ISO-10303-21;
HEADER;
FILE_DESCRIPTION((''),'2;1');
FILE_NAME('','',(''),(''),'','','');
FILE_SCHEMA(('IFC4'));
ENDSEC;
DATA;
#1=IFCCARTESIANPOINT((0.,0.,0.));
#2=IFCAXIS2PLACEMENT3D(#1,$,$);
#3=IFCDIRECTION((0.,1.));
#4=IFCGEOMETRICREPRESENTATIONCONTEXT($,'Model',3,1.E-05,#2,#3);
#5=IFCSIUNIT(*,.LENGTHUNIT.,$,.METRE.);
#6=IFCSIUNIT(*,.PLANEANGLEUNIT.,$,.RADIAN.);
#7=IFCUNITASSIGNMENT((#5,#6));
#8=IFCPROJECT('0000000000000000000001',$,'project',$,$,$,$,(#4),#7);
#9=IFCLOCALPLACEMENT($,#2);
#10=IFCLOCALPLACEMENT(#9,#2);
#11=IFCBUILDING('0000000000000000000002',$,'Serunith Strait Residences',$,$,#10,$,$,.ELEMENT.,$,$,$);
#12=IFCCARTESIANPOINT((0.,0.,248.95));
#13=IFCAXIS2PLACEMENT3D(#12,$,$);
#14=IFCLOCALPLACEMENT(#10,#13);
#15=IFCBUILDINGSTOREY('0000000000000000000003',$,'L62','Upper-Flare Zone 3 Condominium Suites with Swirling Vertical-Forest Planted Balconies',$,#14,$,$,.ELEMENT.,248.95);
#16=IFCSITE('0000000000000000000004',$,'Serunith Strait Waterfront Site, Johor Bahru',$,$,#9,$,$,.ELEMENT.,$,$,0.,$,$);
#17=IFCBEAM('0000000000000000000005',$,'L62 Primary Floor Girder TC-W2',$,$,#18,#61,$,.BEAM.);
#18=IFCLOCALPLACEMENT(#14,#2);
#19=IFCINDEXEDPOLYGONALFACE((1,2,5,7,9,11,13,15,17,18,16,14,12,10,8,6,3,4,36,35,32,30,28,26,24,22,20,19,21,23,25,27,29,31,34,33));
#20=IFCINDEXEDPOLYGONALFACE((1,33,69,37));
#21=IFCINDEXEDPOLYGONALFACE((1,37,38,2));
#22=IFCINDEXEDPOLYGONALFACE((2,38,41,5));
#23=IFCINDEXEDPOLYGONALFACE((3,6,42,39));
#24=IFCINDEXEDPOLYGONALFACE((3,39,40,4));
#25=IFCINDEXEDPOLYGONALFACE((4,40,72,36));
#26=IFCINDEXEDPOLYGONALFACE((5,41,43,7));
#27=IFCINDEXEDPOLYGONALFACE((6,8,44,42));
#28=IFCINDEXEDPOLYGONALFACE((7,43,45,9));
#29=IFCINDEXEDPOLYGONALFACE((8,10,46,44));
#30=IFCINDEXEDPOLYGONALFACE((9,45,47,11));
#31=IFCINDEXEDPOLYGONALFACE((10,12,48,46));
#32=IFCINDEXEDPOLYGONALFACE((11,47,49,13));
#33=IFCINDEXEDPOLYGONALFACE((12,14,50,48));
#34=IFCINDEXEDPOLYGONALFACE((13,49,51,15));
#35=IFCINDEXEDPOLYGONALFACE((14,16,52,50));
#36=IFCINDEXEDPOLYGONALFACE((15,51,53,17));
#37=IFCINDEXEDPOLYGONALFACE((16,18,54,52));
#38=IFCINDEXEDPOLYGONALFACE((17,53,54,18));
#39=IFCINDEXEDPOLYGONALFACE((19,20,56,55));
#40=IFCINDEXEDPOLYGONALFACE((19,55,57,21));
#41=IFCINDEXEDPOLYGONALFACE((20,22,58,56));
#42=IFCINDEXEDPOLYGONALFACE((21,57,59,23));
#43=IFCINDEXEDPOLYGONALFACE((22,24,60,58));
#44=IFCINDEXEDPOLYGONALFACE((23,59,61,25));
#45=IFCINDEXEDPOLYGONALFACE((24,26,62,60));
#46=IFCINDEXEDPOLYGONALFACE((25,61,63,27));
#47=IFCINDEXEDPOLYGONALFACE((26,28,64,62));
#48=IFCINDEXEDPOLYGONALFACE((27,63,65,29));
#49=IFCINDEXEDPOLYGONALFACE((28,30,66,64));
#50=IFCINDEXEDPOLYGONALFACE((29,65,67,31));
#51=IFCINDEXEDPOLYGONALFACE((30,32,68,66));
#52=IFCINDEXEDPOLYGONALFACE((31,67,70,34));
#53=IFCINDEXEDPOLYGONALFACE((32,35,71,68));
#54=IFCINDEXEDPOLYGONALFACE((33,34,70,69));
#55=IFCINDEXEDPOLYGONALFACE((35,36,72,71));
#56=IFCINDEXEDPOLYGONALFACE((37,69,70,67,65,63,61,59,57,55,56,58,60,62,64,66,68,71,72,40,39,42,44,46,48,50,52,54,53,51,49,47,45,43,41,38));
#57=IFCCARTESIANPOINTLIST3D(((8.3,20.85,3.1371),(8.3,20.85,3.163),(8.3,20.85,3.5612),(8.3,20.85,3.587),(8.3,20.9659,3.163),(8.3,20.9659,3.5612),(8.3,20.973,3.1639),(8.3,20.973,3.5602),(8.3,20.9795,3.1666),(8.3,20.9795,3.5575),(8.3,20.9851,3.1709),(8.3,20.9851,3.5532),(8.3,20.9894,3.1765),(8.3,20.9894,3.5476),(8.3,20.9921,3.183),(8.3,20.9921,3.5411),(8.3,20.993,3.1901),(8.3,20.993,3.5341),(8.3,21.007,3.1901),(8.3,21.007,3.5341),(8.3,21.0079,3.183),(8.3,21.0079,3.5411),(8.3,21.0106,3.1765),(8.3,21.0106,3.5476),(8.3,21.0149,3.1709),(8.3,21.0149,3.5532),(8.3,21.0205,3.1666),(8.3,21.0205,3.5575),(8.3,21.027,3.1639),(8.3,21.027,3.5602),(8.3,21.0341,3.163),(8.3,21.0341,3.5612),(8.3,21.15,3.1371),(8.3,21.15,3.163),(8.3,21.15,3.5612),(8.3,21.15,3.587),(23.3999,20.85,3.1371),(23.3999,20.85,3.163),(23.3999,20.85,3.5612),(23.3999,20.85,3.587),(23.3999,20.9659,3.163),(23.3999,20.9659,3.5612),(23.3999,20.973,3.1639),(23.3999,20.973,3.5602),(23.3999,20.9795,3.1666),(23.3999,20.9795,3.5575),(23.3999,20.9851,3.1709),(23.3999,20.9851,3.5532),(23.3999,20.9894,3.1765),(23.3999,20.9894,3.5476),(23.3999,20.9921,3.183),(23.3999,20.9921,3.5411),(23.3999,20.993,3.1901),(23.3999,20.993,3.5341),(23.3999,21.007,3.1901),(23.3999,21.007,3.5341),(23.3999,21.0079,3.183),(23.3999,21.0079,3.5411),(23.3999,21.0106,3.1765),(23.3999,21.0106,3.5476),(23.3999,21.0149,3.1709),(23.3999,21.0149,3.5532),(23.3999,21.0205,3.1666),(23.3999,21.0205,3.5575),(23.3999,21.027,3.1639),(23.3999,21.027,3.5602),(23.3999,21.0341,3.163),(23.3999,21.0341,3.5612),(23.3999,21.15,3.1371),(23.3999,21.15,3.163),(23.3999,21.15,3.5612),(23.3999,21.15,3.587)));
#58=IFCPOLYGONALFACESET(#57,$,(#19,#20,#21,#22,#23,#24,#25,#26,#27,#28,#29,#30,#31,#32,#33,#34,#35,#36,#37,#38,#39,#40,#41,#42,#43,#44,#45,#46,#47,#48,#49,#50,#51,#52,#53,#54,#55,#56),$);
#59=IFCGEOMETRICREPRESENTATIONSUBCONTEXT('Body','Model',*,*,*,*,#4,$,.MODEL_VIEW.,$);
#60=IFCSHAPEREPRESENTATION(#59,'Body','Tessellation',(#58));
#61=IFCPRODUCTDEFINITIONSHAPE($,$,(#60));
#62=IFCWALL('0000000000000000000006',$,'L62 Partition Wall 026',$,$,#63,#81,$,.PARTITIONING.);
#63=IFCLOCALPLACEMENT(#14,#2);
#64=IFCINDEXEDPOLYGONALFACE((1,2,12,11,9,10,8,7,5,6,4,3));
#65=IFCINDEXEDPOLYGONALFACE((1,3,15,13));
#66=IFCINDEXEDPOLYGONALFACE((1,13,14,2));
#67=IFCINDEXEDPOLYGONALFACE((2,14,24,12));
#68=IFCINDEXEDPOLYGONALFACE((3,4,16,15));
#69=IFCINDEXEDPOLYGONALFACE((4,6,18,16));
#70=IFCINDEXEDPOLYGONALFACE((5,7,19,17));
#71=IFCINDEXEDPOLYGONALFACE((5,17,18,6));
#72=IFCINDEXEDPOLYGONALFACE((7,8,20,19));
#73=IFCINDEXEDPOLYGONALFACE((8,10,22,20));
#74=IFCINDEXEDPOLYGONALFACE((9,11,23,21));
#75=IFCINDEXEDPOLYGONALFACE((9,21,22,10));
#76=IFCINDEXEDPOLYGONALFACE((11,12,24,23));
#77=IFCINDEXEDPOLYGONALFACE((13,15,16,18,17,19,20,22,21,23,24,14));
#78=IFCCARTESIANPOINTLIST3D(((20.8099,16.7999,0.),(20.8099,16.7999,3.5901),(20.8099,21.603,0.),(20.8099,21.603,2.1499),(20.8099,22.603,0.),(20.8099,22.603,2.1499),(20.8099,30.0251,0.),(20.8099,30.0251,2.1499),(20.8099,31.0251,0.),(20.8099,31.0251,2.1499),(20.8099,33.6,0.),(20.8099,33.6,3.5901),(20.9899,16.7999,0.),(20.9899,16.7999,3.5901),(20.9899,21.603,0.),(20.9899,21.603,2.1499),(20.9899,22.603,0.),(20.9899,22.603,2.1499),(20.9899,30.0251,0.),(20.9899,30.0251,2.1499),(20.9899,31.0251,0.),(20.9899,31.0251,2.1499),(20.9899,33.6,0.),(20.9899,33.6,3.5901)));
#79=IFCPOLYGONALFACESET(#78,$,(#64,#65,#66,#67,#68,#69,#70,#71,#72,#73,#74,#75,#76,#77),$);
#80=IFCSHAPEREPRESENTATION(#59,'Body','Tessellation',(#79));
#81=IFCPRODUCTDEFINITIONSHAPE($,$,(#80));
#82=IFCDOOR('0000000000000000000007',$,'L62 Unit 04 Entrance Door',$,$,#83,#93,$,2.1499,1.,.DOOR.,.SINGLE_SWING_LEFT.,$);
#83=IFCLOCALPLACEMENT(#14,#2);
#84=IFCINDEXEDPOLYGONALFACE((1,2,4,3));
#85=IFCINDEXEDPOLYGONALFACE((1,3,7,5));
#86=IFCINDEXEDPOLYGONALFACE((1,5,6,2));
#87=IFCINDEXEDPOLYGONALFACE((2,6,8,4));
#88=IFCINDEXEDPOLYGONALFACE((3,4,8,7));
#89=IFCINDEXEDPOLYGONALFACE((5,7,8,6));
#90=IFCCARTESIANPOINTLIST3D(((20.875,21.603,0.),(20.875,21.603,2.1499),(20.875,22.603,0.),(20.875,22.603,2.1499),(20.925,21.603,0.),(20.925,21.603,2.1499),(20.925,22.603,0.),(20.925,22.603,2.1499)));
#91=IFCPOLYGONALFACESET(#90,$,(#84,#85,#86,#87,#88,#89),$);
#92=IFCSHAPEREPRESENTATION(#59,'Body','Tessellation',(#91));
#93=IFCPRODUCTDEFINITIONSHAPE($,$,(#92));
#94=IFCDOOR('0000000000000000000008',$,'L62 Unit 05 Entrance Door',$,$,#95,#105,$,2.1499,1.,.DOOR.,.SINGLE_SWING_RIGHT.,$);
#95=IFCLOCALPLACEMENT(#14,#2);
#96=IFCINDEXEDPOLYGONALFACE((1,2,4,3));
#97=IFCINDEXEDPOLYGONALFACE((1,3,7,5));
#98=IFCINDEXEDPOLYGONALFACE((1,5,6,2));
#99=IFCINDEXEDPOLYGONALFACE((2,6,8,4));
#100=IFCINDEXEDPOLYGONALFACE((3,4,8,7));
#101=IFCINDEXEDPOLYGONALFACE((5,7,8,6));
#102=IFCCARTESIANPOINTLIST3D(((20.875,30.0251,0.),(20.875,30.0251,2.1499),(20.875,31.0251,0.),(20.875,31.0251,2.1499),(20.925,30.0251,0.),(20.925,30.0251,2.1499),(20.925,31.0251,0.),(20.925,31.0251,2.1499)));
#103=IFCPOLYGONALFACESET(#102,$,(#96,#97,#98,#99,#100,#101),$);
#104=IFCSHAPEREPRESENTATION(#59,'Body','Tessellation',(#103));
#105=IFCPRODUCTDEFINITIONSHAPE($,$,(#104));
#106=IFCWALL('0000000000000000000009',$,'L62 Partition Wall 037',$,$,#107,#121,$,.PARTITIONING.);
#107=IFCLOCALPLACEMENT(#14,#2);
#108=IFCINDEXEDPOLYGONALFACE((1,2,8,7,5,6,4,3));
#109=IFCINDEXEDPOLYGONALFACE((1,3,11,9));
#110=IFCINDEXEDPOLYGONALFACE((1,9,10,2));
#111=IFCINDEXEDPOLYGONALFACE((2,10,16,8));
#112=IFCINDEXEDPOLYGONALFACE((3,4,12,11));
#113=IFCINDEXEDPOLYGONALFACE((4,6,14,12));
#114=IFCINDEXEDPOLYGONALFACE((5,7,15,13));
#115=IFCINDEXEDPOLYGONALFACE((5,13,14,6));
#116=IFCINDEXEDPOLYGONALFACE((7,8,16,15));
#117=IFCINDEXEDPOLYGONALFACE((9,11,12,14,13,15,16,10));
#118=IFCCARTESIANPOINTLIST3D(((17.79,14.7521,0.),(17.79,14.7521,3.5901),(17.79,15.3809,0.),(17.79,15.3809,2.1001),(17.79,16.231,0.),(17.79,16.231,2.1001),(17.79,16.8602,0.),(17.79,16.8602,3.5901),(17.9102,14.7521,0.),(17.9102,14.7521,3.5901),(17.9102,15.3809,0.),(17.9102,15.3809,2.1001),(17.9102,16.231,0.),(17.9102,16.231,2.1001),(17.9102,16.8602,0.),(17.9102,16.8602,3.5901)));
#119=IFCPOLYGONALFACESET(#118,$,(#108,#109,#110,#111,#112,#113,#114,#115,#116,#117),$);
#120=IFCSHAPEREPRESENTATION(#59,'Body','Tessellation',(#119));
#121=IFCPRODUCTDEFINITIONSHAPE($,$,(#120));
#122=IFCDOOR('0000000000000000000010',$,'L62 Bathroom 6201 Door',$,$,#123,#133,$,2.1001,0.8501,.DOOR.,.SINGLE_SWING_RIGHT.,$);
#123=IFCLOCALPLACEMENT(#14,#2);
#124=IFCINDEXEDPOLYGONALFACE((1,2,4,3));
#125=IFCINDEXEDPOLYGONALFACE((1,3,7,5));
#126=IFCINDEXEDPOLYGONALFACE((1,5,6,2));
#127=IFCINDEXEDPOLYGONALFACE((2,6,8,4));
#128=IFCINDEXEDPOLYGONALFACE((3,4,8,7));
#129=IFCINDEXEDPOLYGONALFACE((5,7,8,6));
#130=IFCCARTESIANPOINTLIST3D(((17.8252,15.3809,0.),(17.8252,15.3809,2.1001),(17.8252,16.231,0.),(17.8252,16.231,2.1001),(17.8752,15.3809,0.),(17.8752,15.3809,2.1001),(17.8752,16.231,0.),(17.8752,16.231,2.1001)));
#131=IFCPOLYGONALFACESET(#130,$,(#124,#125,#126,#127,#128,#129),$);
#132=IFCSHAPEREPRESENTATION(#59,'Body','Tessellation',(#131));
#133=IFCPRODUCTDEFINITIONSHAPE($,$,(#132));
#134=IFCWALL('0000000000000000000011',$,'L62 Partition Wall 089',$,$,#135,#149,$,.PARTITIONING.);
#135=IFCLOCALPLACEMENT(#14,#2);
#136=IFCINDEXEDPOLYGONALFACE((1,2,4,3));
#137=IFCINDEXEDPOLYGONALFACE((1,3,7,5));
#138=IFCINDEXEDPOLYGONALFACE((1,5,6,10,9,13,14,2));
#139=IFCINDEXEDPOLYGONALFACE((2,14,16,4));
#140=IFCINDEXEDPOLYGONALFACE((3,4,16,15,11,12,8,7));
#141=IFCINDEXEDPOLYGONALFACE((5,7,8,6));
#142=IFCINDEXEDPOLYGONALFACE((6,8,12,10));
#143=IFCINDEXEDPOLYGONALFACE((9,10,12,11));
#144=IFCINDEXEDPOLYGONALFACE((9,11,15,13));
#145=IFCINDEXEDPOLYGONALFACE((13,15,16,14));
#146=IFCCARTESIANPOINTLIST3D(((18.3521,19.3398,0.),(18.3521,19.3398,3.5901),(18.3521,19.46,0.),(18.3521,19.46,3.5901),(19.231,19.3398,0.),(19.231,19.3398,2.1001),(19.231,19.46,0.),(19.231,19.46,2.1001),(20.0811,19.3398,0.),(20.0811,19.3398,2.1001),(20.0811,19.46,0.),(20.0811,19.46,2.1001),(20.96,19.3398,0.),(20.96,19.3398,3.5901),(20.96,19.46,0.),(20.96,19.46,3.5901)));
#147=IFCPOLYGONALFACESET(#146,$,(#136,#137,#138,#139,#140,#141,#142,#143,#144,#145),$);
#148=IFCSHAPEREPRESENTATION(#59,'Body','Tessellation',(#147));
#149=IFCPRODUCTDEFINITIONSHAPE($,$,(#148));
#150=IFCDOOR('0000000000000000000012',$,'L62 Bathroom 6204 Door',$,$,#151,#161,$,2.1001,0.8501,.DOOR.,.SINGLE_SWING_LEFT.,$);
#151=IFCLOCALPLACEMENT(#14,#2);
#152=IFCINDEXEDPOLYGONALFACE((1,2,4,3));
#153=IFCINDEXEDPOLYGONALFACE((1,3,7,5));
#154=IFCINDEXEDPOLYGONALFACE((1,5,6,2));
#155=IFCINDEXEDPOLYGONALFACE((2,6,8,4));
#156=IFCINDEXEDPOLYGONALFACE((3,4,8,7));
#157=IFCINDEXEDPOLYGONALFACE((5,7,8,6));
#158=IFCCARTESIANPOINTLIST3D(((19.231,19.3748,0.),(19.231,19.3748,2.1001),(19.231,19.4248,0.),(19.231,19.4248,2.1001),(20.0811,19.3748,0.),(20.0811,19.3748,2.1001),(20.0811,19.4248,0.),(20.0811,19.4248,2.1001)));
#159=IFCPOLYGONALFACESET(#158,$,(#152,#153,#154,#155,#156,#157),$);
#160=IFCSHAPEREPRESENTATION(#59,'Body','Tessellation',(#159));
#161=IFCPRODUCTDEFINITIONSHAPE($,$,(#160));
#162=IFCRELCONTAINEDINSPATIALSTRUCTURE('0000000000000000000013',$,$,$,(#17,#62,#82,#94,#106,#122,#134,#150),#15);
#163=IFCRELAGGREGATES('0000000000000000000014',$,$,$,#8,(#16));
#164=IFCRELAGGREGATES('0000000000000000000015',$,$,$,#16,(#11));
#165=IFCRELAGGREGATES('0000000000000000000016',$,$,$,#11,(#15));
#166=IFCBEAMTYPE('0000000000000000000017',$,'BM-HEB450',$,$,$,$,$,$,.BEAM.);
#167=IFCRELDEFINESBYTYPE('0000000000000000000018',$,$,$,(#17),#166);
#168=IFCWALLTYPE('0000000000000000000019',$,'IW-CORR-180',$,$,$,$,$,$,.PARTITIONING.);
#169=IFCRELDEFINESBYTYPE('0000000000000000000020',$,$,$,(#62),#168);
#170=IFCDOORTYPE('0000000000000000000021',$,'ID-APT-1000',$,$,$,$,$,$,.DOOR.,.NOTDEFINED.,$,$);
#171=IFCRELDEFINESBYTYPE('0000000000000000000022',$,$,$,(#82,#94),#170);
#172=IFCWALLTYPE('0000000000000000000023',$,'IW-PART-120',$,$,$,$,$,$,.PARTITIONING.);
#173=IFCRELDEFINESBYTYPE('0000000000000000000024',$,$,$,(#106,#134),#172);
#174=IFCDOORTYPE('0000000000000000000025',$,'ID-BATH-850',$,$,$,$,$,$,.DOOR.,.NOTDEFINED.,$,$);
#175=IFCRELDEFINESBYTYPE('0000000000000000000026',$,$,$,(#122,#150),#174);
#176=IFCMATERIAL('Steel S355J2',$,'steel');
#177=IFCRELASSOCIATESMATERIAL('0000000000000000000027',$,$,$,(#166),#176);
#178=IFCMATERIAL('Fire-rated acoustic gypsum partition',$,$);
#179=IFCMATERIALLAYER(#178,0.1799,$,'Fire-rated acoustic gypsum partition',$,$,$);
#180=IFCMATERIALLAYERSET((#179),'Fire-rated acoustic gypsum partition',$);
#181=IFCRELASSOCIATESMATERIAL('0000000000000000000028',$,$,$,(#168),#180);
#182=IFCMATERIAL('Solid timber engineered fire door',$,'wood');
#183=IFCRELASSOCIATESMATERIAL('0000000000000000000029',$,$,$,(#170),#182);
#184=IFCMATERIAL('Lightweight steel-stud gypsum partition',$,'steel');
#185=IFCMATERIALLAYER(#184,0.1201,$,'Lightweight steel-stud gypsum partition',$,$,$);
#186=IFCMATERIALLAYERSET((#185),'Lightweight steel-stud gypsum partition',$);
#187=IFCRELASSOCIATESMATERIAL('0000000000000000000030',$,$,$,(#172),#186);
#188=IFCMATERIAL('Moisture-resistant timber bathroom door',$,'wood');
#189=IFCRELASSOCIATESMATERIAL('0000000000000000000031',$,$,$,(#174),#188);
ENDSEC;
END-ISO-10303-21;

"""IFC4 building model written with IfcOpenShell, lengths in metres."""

from ifc_helpers import new_model, si_unit, direction, frame, frame_2d, origin, origin_2d, place, context, subcontext, project, spatial, rectangle, i_section, extrude, source, transform, mapped, material, layer, layer_set, material_profile, profile_set, type_object, element, fill, save


model = new_model("IFC4")

# Units and contexts
model_context = context("Model", 3, precision=1e-05, world=origin(), true_north=direction((0.0, 1.0)))
body_context = subcontext(model_context, "Body", "Model", "MODEL_VIEW")
ifc_project = project(units=[si_unit("LENGTHUNIT", "METRE"), si_unit("PLANEANGLEUNIT", "RADIAN")], contexts=[model_context])

# Site, building, storey
site_placement = place(None, origin())
site = spatial("IfcSite", under=ifc_project, at=site_placement, Name="Serunith Strait Waterfront Site, Johor Bahru", CompositionType="ELEMENT", RefElevation=0.0)
building_placement = place(site_placement, origin())
building = spatial("IfcBuilding", under=site, at=building_placement, Name="Serunith Strait Residences", CompositionType="ELEMENT")
storey_placement = place(building_placement, frame((0.0, 0.0, 248.95)))
storey = spatial("IfcBuildingStorey", under=building, at=storey_placement, Name="L62", Description="Upper-Flare Zone 3 Condominium Suites with Swirling Vertical-Forest Planted Balconies", CompositionType="ELEMENT", Elevation=248.95)

# Beam
ifc_material_1 = material(Name="Steel S355J2", Category="steel")
ifc_material_profile = material_profile(ifc_material_1, i_section(OverallWidth=0.3, OverallDepth=0.45, WebThickness=0.0139, FlangeThickness=0.0259, FilletRadius=0.0271, at=origin_2d()), Name="HEB 450")
ifc_profile_set = profile_set([ifc_material_profile], Name="Steel S355J2")
beam_type = type_object("IfcBeamType", Name="BM-HEB450", PredefinedType="BEAM", material=ifc_profile_set)
shared_shape_1 = source(origin(), body_context, "Body", "SweptSolid", [
    extrude(i_section(OverallWidth=0.3, OverallDepth=0.45, WebThickness=0.0139, FlangeThickness=0.0259, FilletRadius=0.0271, at=origin_2d()), origin(), (0.0, 0.0, 1.0), 15.0999),
])
beam_placement = place(storey_placement, frame((23.3999, 21.0, 3.3621), z_axis=(-1.0, 0.0, 0.0), x_axis=(0.0, -1.0, 0.0)))
element("IfcBeam", 1, at=beam_placement, inside=storey, type_object=beam_type, Name="L62 Primary Floor Girder TC-W2", PredefinedType="BEAM", context=body_context, shape_type="MappedRepresentation", body=[
    mapped(shared_shape_1, transform((0.0, 0.0, 0.0), scale=1.0)),
])

# Shared definitions
ifc_material_2 = material(Name="Fire-rated acoustic gypsum partition")
ifc_layer_1 = layer(ifc_material_2, 0.1799, Name="Fire-rated acoustic gypsum partition")
ifc_layer_set_1 = layer_set([ifc_layer_1], Name="Fire-rated acoustic gypsum partition")
wall_type_1 = type_object("IfcWallType", Name="IW-CORR-180", PredefinedType="PARTITIONING", material=ifc_layer_set_1)
ifc_material_3 = material(Name="Solid timber engineered fire door", Category="wood")
door_type_1 = type_object("IfcDoorType", Name="ID-APT-1000", OperationType="NOTDEFINED", PredefinedType="DOOR", material=ifc_material_3)
shared_shape_2 = source(origin(), body_context, "Body", "SweptSolid", [
    extrude(rectangle(XDim=1.0, YDim=2.1499, at=frame_2d((0.5, 1.075))), frame((0.0, 0.0249, 0.0), z_axis=(0.0, -1.0, 0.0), x_axis=(1.0, 0.0, 0.0)), (0.0, 0.0, 1.0), 0.05),
])

# Wall, openings, doors
wall_1_placement = place(storey_placement, frame((20.8999, 16.8, 0.0), z_axis=(0.0, 0.0, 1.0), x_axis=(0.0, 1.0, 0.0)))
wall_1 = element("IfcWall", 2, at=wall_1_placement, inside=storey, type_object=wall_type_1, Name="L62 Partition Wall 026", PredefinedType="PARTITIONING", context=body_context, shape_type="SweptSolid", body=[
    extrude(rectangle(XDim=16.8, YDim=0.1799, at=frame_2d((8.3999, 0.0))), origin(), (0.0, 0.0, 1.0), 3.5901),
])
opening_1_placement = place(wall_1_placement, frame((4.803, 0.0, 0.0)))
opening_1 = element("IfcOpeningElement", 3, at=opening_1_placement, cuts=wall_1, PredefinedType="OPENING", context=body_context, shape_type="SweptSolid", body=[
    extrude(rectangle(XDim=1.0, YDim=2.1499, at=frame_2d((0.5, 1.075))), frame((0.0, 0.1001, 0.0), z_axis=(0.0, -1.0, 0.0), x_axis=(1.0, 0.0, 0.0)), (0.0, 0.0, 1.0), 0.2),
])
opening_2_placement = place(wall_1_placement, frame((13.2251, 0.0, 0.0)))
opening_2 = element("IfcOpeningElement", 4, at=opening_2_placement, cuts=wall_1, PredefinedType="OPENING", context=body_context, shape_type="SweptSolid", body=[
    extrude(rectangle(XDim=1.0, YDim=2.1499, at=frame_2d((0.5, 1.075))), frame((0.0, 0.1001, 0.0), z_axis=(0.0, -1.0, 0.0), x_axis=(1.0, 0.0, 0.0)), (0.0, 0.0, 1.0), 0.2),
])
door_1_placement = place(opening_1_placement, origin())
door_1 = element("IfcDoor", 5, at=door_1_placement, inside=storey, type_object=door_type_1, Name="L62 Unit 04 Entrance Door", OperationType="SINGLE_SWING_LEFT", OverallHeight=2.1499, OverallWidth=1.0, PredefinedType="DOOR", context=body_context, shape_type="MappedRepresentation", body=[
    mapped(shared_shape_2, transform((0.0, 0.0, 0.0), scale=1.0)),
])
fill(opening_1, door_1)
door_2_placement = place(opening_2_placement, origin())
door_2 = element("IfcDoor", 6, at=door_2_placement, inside=storey, type_object=door_type_1, Name="L62 Unit 05 Entrance Door", OperationType="SINGLE_SWING_RIGHT", OverallHeight=2.1499, OverallWidth=1.0, PredefinedType="DOOR", context=body_context, shape_type="MappedRepresentation", body=[
    mapped(shared_shape_2, transform((0.0, 0.0, 0.0), scale=1.0)),
])
fill(opening_2, door_2)

# Walls, openings, doors
ifc_material_4 = material(Name="Lightweight steel-stud gypsum partition", Category="steel")
ifc_layer_2 = layer(ifc_material_4, 0.1201, Name="Lightweight steel-stud gypsum partition")
ifc_layer_set_2 = layer_set([ifc_layer_2], Name="Lightweight steel-stud gypsum partition")
wall_type_2 = type_object("IfcWallType", Name="IW-PART-120", PredefinedType="PARTITIONING", material=ifc_layer_set_2)
wall_2_placement = place(storey_placement, frame((17.8501, 14.752, 0.0), z_axis=(0.0, 0.0, 1.0), x_axis=(0.0, 1.0, 0.0)))
wall_2 = element("IfcWall", 7, at=wall_2_placement, inside=storey, type_object=wall_type_2, Name="L62 Partition Wall 037", PredefinedType="PARTITIONING", context=body_context, shape_type="SweptSolid", body=[
    extrude(rectangle(XDim=2.1082, YDim=0.1201, at=frame_2d((1.0542, 0.0))), origin(), (0.0, 0.0, 1.0), 3.5901),
])
opening_3_placement = place(wall_2_placement, frame((0.6289, 0.0, 0.0)))
opening_3 = element("IfcOpeningElement", 8, at=opening_3_placement, cuts=wall_2, PredefinedType="OPENING", context=body_context, shape_type="SweptSolid", body=[
    extrude(rectangle(XDim=0.8501, YDim=2.1001, at=frame_2d((0.425, 1.05))), frame((0.0, 0.0701, 0.0), z_axis=(0.0, -1.0, 0.0), x_axis=(1.0, 0.0, 0.0)), (0.0, 0.0, 1.0), 0.1401),
])
ifc_material_5 = material(Name="Moisture-resistant timber bathroom door", Category="wood")
door_type_2 = type_object("IfcDoorType", Name="ID-BATH-850", OperationType="NOTDEFINED", PredefinedType="DOOR", material=ifc_material_5)
shared_shape_3 = source(origin(), body_context, "Body", "SweptSolid", [
    extrude(rectangle(XDim=0.8501, YDim=2.1001, at=frame_2d((0.425, 1.05))), frame((0.0, 0.0249, 0.0), z_axis=(0.0, -1.0, 0.0), x_axis=(1.0, 0.0, 0.0)), (0.0, 0.0, 1.0), 0.05),
])
door_3_placement = place(opening_3_placement, origin())
door_3 = element("IfcDoor", 9, at=door_3_placement, inside=storey, type_object=door_type_2, Name="L62 Bathroom 6201 Door", OperationType="SINGLE_SWING_RIGHT", OverallHeight=2.1001, OverallWidth=0.8501, PredefinedType="DOOR", context=body_context, shape_type="MappedRepresentation", body=[
    mapped(shared_shape_3, transform((0.0, 0.0, 0.0), scale=1.0)),
])
fill(opening_3, door_3)
wall_3_placement = place(storey_placement, frame((18.3521, 19.3999, 0.0), z_axis=(0.0, 0.0, 1.0), x_axis=(1.0, 0.0, 0.0)))
wall_3 = element("IfcWall", 10, at=wall_3_placement, inside=storey, type_object=wall_type_2, Name="L62 Partition Wall 089", PredefinedType="PARTITIONING", context=body_context, shape_type="SweptSolid", body=[
    extrude(rectangle(XDim=2.6079, YDim=0.1201, at=frame_2d((1.304, 0.0))), origin(), (0.0, 0.0, 1.0), 3.5901),
])
opening_4_placement = place(wall_3_placement, frame((0.8789, 0.0, 0.0)))
opening_4 = element("IfcOpeningElement", 11, at=opening_4_placement, cuts=wall_3, PredefinedType="OPENING", context=body_context, shape_type="SweptSolid", body=[
    extrude(rectangle(XDim=0.8501, YDim=2.1001, at=frame_2d((0.425, 1.05))), frame((0.0, 0.0701, 0.0), z_axis=(0.0, -1.0, 0.0), x_axis=(1.0, 0.0, 0.0)), (0.0, 0.0, 1.0), 0.1401),
])
door_4_placement = place(opening_4_placement, origin())
door_4 = element("IfcDoor", 12, at=door_4_placement, inside=storey, type_object=door_type_2, Name="L62 Bathroom 6204 Door", OperationType="SINGLE_SWING_LEFT", OverallHeight=2.1001, OverallWidth=0.8501, PredefinedType="DOOR", context=body_context, shape_type="MappedRepresentation", body=[
    mapped(shared_shape_3, transform((0.0, 0.0, 0.0), scale=1.0)),
])
fill(opening_4, door_4)

save(model, "model.ifc")
